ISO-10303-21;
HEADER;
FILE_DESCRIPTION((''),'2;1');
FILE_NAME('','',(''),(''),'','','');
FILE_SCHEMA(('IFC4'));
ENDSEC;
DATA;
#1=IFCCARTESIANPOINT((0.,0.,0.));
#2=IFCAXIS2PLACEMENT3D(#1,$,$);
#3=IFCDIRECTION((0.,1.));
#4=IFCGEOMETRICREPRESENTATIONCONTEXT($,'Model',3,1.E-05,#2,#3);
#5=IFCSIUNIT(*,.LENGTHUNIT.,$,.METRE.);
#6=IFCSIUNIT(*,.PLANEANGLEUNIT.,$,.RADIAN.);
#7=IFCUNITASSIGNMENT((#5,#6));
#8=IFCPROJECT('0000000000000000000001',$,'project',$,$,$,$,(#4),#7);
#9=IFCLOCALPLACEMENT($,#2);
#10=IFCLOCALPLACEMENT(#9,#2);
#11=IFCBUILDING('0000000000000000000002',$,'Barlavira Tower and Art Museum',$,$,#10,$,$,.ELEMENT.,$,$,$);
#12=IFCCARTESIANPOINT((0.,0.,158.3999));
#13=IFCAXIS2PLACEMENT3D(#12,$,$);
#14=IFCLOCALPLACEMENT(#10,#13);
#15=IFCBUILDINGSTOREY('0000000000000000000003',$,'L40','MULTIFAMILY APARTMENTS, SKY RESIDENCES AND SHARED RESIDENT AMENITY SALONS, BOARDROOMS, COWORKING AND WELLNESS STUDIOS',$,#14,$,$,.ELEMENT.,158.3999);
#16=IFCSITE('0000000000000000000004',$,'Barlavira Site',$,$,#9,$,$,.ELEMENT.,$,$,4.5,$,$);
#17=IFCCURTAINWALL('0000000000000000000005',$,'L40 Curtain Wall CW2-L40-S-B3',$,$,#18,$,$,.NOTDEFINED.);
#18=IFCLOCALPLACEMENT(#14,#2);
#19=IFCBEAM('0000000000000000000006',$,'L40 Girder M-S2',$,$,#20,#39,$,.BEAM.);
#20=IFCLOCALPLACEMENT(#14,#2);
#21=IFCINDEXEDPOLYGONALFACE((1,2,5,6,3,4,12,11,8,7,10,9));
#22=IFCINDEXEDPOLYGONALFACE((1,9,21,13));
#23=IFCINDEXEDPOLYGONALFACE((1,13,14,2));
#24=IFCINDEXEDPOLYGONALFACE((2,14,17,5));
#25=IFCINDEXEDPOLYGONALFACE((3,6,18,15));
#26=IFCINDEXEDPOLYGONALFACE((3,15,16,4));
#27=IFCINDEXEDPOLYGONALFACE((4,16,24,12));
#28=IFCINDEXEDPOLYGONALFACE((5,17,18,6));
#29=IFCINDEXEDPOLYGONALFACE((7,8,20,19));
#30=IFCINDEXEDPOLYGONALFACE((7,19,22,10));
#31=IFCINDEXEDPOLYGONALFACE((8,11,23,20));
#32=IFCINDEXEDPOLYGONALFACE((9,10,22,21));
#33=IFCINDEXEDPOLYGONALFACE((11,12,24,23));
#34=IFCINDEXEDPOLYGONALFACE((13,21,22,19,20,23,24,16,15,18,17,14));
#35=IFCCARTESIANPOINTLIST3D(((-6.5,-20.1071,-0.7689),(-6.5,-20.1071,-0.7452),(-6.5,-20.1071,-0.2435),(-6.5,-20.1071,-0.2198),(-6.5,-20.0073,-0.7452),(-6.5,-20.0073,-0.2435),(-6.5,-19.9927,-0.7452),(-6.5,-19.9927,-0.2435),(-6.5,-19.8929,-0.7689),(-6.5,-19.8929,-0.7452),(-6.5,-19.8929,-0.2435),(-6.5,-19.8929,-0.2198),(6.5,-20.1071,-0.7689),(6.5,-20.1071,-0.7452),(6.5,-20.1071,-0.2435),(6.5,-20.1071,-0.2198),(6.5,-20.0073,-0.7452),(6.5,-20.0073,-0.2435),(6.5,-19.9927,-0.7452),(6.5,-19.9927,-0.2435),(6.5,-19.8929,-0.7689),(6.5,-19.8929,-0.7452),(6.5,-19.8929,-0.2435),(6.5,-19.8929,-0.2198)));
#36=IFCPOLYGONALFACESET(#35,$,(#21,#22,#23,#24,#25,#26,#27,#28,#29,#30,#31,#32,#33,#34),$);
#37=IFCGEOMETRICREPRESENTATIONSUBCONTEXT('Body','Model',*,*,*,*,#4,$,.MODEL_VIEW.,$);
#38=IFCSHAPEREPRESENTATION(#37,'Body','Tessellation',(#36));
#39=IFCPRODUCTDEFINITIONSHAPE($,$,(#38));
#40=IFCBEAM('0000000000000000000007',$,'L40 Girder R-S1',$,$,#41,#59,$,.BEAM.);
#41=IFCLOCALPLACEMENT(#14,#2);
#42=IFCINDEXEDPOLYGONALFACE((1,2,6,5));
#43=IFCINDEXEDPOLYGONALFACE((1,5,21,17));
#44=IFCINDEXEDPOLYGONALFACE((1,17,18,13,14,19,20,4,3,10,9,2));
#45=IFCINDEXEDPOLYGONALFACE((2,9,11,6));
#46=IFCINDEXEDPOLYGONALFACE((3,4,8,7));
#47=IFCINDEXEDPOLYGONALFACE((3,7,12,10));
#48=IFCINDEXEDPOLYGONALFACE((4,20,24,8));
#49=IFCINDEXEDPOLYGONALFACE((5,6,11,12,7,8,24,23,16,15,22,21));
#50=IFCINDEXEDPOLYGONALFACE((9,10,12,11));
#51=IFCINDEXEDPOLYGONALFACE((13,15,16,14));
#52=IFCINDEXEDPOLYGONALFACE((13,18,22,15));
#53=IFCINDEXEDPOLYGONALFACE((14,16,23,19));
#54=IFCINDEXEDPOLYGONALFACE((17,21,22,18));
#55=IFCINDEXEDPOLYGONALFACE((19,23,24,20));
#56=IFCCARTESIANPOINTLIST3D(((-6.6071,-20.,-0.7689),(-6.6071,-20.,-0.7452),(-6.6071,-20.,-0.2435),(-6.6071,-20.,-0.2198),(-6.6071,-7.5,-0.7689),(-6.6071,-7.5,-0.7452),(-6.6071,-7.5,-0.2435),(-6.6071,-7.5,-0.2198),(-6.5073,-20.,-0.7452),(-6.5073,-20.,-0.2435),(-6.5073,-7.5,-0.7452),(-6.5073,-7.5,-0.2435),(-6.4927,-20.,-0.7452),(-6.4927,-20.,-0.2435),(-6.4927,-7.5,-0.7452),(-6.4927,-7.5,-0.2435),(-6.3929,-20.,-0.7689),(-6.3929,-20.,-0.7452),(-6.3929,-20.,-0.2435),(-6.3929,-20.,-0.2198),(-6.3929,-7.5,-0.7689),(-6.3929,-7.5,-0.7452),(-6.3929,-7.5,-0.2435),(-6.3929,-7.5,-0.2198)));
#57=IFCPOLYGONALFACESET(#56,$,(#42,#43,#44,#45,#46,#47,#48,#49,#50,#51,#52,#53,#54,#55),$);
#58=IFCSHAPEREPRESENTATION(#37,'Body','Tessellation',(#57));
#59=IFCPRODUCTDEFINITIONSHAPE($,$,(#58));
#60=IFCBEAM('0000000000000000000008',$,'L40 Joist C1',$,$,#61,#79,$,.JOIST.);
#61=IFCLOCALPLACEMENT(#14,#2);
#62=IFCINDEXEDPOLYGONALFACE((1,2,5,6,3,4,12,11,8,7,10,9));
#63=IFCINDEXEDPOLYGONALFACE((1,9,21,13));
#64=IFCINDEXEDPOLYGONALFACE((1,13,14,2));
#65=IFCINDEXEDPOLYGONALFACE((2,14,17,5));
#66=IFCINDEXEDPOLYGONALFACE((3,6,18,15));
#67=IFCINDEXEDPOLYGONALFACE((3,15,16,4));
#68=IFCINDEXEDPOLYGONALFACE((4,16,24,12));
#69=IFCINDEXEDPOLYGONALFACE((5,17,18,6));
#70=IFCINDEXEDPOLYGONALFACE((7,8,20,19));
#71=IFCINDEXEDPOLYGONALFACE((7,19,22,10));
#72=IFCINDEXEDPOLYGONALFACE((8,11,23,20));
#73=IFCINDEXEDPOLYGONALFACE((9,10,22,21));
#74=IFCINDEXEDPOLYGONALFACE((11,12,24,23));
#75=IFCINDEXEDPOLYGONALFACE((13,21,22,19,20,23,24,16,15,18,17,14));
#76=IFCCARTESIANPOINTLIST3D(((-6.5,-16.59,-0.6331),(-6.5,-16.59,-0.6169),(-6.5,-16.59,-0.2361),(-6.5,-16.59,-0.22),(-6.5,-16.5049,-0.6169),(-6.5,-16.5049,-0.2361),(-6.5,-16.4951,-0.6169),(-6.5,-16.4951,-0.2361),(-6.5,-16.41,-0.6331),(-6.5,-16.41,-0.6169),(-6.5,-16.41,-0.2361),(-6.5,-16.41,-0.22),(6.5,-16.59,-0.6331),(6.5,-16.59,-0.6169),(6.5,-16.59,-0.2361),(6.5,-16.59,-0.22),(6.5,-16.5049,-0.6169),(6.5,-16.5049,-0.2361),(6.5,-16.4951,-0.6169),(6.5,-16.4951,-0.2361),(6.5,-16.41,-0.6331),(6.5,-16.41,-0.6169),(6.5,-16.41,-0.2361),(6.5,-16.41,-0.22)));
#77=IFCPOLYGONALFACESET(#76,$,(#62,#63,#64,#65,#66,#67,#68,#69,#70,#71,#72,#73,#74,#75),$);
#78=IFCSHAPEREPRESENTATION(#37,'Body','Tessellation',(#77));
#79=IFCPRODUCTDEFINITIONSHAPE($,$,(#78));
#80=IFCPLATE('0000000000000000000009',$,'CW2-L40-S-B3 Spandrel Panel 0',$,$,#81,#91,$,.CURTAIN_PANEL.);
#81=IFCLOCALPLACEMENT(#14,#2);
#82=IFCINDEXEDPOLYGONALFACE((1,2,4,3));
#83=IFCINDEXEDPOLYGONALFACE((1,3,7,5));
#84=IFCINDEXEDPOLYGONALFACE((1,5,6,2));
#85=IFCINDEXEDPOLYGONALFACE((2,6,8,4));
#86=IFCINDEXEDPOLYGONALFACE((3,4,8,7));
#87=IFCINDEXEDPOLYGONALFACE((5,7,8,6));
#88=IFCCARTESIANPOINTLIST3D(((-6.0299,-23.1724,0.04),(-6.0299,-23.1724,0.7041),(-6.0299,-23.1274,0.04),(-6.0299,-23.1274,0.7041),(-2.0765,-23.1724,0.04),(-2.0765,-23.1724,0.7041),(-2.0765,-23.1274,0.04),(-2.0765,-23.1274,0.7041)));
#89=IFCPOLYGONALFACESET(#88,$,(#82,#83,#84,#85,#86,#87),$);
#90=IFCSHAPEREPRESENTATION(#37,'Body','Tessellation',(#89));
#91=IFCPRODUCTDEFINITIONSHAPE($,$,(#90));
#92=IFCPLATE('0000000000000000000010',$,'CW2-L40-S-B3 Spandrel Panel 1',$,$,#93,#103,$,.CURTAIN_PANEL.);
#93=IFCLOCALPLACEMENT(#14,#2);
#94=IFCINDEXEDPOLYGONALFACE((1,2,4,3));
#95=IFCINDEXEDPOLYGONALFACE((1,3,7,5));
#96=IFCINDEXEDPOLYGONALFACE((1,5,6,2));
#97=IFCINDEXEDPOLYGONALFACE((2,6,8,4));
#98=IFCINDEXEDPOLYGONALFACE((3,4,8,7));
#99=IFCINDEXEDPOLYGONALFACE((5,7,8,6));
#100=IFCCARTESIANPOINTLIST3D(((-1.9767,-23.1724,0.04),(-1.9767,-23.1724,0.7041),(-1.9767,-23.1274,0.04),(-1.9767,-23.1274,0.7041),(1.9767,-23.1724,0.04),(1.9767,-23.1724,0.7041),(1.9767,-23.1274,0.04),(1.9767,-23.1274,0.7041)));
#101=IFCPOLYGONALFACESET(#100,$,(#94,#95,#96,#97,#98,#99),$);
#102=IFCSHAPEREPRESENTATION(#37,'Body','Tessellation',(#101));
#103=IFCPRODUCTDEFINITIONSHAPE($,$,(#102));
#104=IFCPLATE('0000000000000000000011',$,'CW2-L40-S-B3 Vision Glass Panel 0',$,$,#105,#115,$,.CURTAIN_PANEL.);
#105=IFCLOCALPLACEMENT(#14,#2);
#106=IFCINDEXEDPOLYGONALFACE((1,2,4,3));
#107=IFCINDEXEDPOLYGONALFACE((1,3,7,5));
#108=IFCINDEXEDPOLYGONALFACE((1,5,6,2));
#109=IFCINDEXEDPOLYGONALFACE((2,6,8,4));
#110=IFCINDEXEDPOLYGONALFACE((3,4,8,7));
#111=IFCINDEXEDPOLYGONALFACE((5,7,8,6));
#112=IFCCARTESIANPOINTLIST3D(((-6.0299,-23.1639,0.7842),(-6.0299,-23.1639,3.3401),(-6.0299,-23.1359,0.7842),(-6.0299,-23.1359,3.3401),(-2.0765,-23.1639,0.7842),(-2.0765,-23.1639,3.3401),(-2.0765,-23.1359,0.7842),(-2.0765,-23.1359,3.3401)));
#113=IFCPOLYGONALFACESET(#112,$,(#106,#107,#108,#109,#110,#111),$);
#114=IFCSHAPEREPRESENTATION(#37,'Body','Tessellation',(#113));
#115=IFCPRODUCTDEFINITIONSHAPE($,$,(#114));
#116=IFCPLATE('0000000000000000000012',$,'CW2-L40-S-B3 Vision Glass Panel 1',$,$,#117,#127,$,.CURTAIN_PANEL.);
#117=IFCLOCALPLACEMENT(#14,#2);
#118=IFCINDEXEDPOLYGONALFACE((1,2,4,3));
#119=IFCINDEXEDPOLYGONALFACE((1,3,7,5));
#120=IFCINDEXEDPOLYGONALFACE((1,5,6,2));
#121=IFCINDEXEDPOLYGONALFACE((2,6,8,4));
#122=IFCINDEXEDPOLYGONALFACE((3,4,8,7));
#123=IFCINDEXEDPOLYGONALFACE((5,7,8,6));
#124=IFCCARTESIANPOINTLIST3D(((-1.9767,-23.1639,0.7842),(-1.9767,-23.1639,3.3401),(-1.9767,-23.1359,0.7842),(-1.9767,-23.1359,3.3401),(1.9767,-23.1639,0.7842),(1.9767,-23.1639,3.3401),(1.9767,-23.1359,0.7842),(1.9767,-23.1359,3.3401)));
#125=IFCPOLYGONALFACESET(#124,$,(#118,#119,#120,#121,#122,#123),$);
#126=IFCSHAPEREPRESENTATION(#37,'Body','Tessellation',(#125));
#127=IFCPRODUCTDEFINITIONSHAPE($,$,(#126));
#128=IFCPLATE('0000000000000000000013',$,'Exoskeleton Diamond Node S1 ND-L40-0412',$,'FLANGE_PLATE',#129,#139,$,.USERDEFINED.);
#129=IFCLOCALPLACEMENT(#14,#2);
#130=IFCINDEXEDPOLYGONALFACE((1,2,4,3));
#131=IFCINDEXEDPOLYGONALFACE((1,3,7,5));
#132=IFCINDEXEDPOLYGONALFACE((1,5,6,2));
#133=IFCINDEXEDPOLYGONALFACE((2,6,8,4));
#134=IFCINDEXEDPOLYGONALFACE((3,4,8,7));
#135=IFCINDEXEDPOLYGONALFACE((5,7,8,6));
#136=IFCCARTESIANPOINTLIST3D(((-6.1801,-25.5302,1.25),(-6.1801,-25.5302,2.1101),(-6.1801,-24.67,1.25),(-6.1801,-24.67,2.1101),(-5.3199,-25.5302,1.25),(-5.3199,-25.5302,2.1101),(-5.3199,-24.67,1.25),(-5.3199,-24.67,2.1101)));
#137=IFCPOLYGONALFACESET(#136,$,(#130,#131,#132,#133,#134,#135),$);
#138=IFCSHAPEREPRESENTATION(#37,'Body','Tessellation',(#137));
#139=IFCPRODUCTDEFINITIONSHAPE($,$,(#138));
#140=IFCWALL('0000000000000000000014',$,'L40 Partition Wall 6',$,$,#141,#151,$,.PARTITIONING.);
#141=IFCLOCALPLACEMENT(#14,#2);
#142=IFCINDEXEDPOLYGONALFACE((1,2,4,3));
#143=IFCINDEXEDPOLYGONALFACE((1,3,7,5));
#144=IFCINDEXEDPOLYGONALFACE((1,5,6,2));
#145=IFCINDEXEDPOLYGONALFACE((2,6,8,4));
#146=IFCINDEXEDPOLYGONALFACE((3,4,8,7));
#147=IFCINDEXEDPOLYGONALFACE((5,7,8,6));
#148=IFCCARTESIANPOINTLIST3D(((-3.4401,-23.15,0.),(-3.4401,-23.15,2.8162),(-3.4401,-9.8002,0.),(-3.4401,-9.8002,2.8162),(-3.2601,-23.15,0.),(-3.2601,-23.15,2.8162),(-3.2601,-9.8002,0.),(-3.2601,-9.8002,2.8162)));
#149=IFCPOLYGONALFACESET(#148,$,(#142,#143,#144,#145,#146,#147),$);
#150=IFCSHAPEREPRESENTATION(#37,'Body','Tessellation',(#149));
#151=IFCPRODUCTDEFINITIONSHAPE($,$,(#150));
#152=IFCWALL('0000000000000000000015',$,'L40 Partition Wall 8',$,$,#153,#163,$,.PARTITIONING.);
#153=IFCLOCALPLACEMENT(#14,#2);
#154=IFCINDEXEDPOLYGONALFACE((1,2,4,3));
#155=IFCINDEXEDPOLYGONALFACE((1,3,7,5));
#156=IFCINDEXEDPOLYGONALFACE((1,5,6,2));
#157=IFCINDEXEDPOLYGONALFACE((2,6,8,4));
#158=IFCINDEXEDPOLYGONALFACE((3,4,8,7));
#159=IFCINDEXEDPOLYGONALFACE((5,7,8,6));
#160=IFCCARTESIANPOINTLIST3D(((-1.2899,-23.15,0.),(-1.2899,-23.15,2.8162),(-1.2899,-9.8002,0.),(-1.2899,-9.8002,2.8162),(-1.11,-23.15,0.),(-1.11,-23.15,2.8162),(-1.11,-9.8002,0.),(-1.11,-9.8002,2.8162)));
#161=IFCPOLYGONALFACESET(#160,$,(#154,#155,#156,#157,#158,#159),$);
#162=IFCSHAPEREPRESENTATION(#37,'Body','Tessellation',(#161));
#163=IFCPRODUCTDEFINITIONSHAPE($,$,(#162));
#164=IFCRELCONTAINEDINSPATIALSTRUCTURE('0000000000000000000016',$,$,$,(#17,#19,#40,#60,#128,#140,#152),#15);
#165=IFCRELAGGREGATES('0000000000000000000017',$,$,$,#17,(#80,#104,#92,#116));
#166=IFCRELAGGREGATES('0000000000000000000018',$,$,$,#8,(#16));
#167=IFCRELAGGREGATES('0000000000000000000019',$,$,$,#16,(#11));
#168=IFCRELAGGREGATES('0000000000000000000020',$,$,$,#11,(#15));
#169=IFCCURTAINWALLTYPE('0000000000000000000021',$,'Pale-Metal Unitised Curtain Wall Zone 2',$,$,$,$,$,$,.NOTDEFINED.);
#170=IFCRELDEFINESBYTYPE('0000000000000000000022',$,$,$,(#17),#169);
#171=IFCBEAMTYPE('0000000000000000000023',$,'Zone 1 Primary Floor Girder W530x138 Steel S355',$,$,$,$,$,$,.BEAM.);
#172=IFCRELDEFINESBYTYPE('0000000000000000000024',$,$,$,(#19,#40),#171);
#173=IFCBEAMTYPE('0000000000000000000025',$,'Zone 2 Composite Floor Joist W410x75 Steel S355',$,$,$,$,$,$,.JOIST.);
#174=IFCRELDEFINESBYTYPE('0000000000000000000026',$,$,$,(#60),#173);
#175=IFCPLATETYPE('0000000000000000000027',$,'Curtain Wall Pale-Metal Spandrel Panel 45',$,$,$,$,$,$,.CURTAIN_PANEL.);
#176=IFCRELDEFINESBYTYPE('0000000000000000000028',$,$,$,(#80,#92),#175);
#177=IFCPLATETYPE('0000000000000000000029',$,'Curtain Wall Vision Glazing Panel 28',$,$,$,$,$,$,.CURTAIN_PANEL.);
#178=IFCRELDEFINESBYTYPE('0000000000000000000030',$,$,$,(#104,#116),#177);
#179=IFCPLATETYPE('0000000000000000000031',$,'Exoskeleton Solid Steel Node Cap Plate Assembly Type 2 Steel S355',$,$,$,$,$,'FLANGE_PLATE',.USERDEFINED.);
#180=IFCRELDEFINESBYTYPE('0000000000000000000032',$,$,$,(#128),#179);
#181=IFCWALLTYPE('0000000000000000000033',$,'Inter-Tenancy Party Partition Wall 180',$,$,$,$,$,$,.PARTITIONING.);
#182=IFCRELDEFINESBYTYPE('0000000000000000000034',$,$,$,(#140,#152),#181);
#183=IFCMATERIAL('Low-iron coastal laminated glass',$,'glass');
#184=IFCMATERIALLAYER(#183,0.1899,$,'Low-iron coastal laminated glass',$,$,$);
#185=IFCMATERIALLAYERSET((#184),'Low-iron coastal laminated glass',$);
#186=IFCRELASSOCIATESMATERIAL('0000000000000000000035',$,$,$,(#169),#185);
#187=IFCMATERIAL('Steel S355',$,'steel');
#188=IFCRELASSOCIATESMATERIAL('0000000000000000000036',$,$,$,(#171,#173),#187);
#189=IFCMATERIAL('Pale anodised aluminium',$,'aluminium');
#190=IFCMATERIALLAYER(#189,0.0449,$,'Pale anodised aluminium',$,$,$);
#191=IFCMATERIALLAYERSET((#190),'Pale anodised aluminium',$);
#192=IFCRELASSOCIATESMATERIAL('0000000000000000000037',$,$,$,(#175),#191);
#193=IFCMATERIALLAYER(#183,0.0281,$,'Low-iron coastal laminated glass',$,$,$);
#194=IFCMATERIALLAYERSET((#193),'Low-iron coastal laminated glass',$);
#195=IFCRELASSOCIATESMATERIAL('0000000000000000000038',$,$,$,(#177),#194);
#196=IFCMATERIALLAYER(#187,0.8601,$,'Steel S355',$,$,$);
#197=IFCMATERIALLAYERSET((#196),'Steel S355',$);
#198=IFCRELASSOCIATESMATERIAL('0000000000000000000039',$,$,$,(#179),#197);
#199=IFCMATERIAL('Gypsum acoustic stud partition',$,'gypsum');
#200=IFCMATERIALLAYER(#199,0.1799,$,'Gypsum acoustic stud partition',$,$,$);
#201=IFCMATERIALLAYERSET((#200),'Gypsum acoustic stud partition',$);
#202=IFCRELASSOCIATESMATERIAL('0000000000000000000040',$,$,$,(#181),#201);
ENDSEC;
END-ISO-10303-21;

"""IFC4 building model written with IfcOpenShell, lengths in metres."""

from ifc_helpers import new_model, si_unit, direction, frame, frame_2d, origin, origin_2d, place, context, subcontext, project, spatial, rectangle, i_section, extrude, material, layer, layer_set, material_profile, profile_set, type_object, element, aggregate, save


model = new_model("IFC4")

# Units and contexts
model_context = context("Model", 3, precision=1e-05, world=origin(), true_north=direction((0.0, 1.0)))
body_context = subcontext(model_context, "Body", "Model", "MODEL_VIEW")
ifc_project = project(units=[si_unit("LENGTHUNIT", "METRE"), si_unit("PLANEANGLEUNIT", "RADIAN")], contexts=[model_context])

# Site, building, storey
site_placement = place(None, origin())
site = spatial("IfcSite", under=ifc_project, at=site_placement, Name="Barlavira Site", CompositionType="ELEMENT", RefElevation=4.5)
building_placement = place(site_placement, origin())
building = spatial("IfcBuilding", under=site, at=building_placement, Name="Barlavira Tower and Art Museum", CompositionType="ELEMENT")
storey_placement = place(building_placement, frame((0.0, 0.0, 158.3999)))
storey = spatial("IfcBuildingStorey", under=building, at=storey_placement, Name="L40", Description="MULTIFAMILY APARTMENTS, SKY RESIDENCES AND SHARED RESIDENT AMENITY SALONS, BOARDROOMS, COWORKING AND WELLNESS STUDIOS", CompositionType="ELEMENT", Elevation=158.3999)

# Curtain wall
ifc_material_1 = material(Name="Low-iron coastal laminated glass", Category="glass")
ifc_layer_1 = layer(ifc_material_1, 0.1899, Name="Low-iron coastal laminated glass")
ifc_layer_set_1 = layer_set([ifc_layer_1], Name="Low-iron coastal laminated glass")
curtain_wall_type = type_object("IfcCurtainWallType", Name="Pale-Metal Unitised Curtain Wall Zone 2", PredefinedType="NOTDEFINED", material=ifc_layer_set_1)
curtain_wall_placement = place(storey_placement, origin())
curtain_wall = element("IfcCurtainWall", 1, at=curtain_wall_placement, inside=storey, type_object=curtain_wall_type, Name="L40 Curtain Wall CW2-L40-S-B3", PredefinedType="NOTDEFINED")
ifc_material_2 = material(Name="Pale anodised aluminium", Category="aluminium")

# Beams
ifc_material_3 = material(Name="Steel S355", Category="steel")
ifc_material_profile_1 = material_profile(ifc_material_3, i_section(OverallWidth=0.2141, OverallDepth=0.5491, WebThickness=0.0146, FlangeThickness=0.0237, at=origin_2d()), Name="W530x138.0")
ifc_profile_set_1 = profile_set([ifc_material_profile_1], Name="Steel S355")
beam_type_1 = type_object("IfcBeamType", Name="Zone 1 Primary Floor Girder W530x138 Steel S355", PredefinedType="BEAM", material=ifc_profile_set_1)
beam_1_placement = place(storey_placement, frame((-6.5, -20.0, -0.4944), z_axis=(1.0, 0.0, 0.0), x_axis=(0.0, 1.0, 0.0)))
element("IfcBeam", 2, at=beam_1_placement, inside=storey, type_object=beam_type_1, Name="L40 Girder M-S2", PredefinedType="BEAM", context=body_context, shape_type="SweptSolid", body=[
    extrude(i_section(OverallWidth=0.2141, OverallDepth=0.5491, WebThickness=0.0146, FlangeThickness=0.0237, at=origin_2d()), origin(), (0.0, 0.0, 1.0), 13.0),
])
beam_2_placement = place(storey_placement, frame((-6.5, -20.0, -0.4944), z_axis=(0.0, 1.0, 0.0), x_axis=(-1.0, 0.0, 0.0)))
element("IfcBeam", 3, at=beam_2_placement, inside=storey, type_object=beam_type_1, Name="L40 Girder R-S1", PredefinedType="BEAM", context=body_context, shape_type="SweptSolid", body=[
    extrude(i_section(OverallWidth=0.2141, OverallDepth=0.5491, WebThickness=0.0146, FlangeThickness=0.0237, at=origin_2d()), origin(), (0.0, 0.0, 1.0), 12.5),
])
ifc_material_profile_2 = material_profile(ifc_material_3, i_section(OverallWidth=0.1799, OverallDepth=0.4131, WebThickness=0.0098, FlangeThickness=0.0161, at=origin_2d()), Name="W410x75.0")
ifc_profile_set_2 = profile_set([ifc_material_profile_2], Name="Steel S355")
beam_type_2 = type_object("IfcBeamType", Name="Zone 2 Composite Floor Joist W410x75 Steel S355", PredefinedType="JOIST", material=ifc_profile_set_2)
beam_3_placement = place(storey_placement, frame((-6.5, -16.5, -0.4265), z_axis=(1.0, 0.0, 0.0), x_axis=(0.0, 1.0, 0.0)))
element("IfcBeam", 4, at=beam_3_placement, inside=storey, type_object=beam_type_2, Name="L40 Joist C1", PredefinedType="JOIST", context=body_context, shape_type="SweptSolid", body=[
    extrude(i_section(OverallWidth=0.1799, OverallDepth=0.4131, WebThickness=0.0098, FlangeThickness=0.0161, at=origin_2d()), origin(), (0.0, 0.0, 1.0), 13.0),
])

# Plates
ifc_layer_2 = layer(ifc_material_2, 0.0449, Name="Pale anodised aluminium")
ifc_layer_set_2 = layer_set([ifc_layer_2], Name="Pale anodised aluminium")
plate_type_1 = type_object("IfcPlateType", Name="Curtain Wall Pale-Metal Spandrel Panel 45", PredefinedType="CURTAIN_PANEL", material=ifc_layer_set_2)
plate_1_placement = place(storey_placement, frame((-4.0532, -23.1499, 0.04), z_axis=(0.0, 0.0, 1.0), x_axis=(1.0, 0.0, 0.0)))
plate_1 = element("IfcPlate", 5, at=plate_1_placement, type_object=plate_type_1, Name="CW2-L40-S-B3 Spandrel Panel 0", PredefinedType="CURTAIN_PANEL", context=body_context, shape_type="SweptSolid", body=[
    extrude(rectangle(XDim=3.9534, YDim=0.0449, at=origin_2d()), origin(), (0.0, 0.0, 1.0), 0.6641),
])
plate_2_placement = place(storey_placement, frame((0.0, -23.1499, 0.04), z_axis=(0.0, 0.0, 1.0), x_axis=(1.0, 0.0, 0.0)))
plate_2 = element("IfcPlate", 6, at=plate_2_placement, type_object=plate_type_1, Name="CW2-L40-S-B3 Spandrel Panel 1", PredefinedType="CURTAIN_PANEL", context=body_context, shape_type="SweptSolid", body=[
    extrude(rectangle(XDim=3.9534, YDim=0.0449, at=origin_2d()), origin(), (0.0, 0.0, 1.0), 0.6641),
])
ifc_layer_3 = layer(ifc_material_1, 0.0281, Name="Low-iron coastal laminated glass")
ifc_layer_set_3 = layer_set([ifc_layer_3], Name="Low-iron coastal laminated glass")
plate_type_2 = type_object("IfcPlateType", Name="Curtain Wall Vision Glazing Panel 28", PredefinedType="CURTAIN_PANEL", material=ifc_layer_set_3)
plate_3_placement = place(storey_placement, frame((-4.0532, -23.1499, 0.7842), z_axis=(0.0, 0.0, 1.0), x_axis=(1.0, 0.0, 0.0)))
plate_3 = element("IfcPlate", 7, at=plate_3_placement, type_object=plate_type_2, Name="CW2-L40-S-B3 Vision Glass Panel 0", PredefinedType="CURTAIN_PANEL", context=body_context, shape_type="SweptSolid", body=[
    extrude(rectangle(XDim=3.9534, YDim=0.0281, at=origin_2d()), origin(), (0.0, 0.0, 1.0), 2.5559),
])
plate_4_placement = place(storey_placement, frame((0.0, -23.1499, 0.7842), z_axis=(0.0, 0.0, 1.0), x_axis=(1.0, 0.0, 0.0)))
plate_4 = element("IfcPlate", 8, at=plate_4_placement, type_object=plate_type_2, Name="CW2-L40-S-B3 Vision Glass Panel 1", PredefinedType="CURTAIN_PANEL", context=body_context, shape_type="SweptSolid", body=[
    extrude(rectangle(XDim=3.9534, YDim=0.0281, at=origin_2d()), origin(), (0.0, 0.0, 1.0), 2.5559),
])
aggregate(curtain_wall, [plate_1, plate_3, plate_2, plate_4])
ifc_layer_4 = layer(ifc_material_3, 0.8601, Name="Steel S355")
ifc_layer_set_4 = layer_set([ifc_layer_4], Name="Steel S355")
plate_type_3 = type_object("IfcPlateType", Name="Exoskeleton Solid Steel Node Cap Plate Assembly Type 2 Steel S355", ElementType="FLANGE_PLATE", PredefinedType="USERDEFINED", material=ifc_layer_set_4)
plate_5_placement = place(storey_placement, frame((-5.75, -25.1001, 1.25), z_axis=(0.0, 0.0, 1.0), x_axis=(1.0, 0.0, 0.0)))
element("IfcPlate", 9, at=plate_5_placement, inside=storey, type_object=plate_type_3, Name="Exoskeleton Diamond Node S1 ND-L40-0412", ObjectType="FLANGE_PLATE", PredefinedType="USERDEFINED", context=body_context, shape_type="SweptSolid", body=[
    extrude(rectangle(XDim=0.8601, YDim=0.8601, at=origin_2d()), origin(), (0.0, 0.0, 1.0), 0.8601),
])

# Walls
ifc_material_4 = material(Name="Gypsum acoustic stud partition", Category="gypsum")
ifc_layer_5 = layer(ifc_material_4, 0.1799, Name="Gypsum acoustic stud partition")
ifc_layer_set_5 = layer_set([ifc_layer_5], Name="Gypsum acoustic stud partition")
wall_type = type_object("IfcWallType", Name="Inter-Tenancy Party Partition Wall 180", PredefinedType="PARTITIONING", material=ifc_layer_set_5)
for number, where, z_axis, x_axis, name in (
    (10, (-3.3501, -23.1499, 0.0), (0.0, 0.0, 1.0), (0.0, 1.0, 0.0), "L40 Partition Wall 6"),
    (11, (-1.2, -23.1499, 0.0), (0.0, 0.0, 1.0), (0.0, 1.0, 0.0), "L40 Partition Wall 8"),
):
    element("IfcWall", number, at=place(storey_placement, frame(where, z_axis=z_axis, x_axis=x_axis)), inside=storey, type_object=wall_type, Name=name, PredefinedType="PARTITIONING", context=body_context, shape_type="SweptSolid", body=[
        extrude(rectangle(XDim=13.3499, YDim=0.1799, at=frame_2d((6.6748, 0.0))), origin(), (0.0, 0.0, 1.0), 2.8162),
    ])

save(model, "model.ifc")
